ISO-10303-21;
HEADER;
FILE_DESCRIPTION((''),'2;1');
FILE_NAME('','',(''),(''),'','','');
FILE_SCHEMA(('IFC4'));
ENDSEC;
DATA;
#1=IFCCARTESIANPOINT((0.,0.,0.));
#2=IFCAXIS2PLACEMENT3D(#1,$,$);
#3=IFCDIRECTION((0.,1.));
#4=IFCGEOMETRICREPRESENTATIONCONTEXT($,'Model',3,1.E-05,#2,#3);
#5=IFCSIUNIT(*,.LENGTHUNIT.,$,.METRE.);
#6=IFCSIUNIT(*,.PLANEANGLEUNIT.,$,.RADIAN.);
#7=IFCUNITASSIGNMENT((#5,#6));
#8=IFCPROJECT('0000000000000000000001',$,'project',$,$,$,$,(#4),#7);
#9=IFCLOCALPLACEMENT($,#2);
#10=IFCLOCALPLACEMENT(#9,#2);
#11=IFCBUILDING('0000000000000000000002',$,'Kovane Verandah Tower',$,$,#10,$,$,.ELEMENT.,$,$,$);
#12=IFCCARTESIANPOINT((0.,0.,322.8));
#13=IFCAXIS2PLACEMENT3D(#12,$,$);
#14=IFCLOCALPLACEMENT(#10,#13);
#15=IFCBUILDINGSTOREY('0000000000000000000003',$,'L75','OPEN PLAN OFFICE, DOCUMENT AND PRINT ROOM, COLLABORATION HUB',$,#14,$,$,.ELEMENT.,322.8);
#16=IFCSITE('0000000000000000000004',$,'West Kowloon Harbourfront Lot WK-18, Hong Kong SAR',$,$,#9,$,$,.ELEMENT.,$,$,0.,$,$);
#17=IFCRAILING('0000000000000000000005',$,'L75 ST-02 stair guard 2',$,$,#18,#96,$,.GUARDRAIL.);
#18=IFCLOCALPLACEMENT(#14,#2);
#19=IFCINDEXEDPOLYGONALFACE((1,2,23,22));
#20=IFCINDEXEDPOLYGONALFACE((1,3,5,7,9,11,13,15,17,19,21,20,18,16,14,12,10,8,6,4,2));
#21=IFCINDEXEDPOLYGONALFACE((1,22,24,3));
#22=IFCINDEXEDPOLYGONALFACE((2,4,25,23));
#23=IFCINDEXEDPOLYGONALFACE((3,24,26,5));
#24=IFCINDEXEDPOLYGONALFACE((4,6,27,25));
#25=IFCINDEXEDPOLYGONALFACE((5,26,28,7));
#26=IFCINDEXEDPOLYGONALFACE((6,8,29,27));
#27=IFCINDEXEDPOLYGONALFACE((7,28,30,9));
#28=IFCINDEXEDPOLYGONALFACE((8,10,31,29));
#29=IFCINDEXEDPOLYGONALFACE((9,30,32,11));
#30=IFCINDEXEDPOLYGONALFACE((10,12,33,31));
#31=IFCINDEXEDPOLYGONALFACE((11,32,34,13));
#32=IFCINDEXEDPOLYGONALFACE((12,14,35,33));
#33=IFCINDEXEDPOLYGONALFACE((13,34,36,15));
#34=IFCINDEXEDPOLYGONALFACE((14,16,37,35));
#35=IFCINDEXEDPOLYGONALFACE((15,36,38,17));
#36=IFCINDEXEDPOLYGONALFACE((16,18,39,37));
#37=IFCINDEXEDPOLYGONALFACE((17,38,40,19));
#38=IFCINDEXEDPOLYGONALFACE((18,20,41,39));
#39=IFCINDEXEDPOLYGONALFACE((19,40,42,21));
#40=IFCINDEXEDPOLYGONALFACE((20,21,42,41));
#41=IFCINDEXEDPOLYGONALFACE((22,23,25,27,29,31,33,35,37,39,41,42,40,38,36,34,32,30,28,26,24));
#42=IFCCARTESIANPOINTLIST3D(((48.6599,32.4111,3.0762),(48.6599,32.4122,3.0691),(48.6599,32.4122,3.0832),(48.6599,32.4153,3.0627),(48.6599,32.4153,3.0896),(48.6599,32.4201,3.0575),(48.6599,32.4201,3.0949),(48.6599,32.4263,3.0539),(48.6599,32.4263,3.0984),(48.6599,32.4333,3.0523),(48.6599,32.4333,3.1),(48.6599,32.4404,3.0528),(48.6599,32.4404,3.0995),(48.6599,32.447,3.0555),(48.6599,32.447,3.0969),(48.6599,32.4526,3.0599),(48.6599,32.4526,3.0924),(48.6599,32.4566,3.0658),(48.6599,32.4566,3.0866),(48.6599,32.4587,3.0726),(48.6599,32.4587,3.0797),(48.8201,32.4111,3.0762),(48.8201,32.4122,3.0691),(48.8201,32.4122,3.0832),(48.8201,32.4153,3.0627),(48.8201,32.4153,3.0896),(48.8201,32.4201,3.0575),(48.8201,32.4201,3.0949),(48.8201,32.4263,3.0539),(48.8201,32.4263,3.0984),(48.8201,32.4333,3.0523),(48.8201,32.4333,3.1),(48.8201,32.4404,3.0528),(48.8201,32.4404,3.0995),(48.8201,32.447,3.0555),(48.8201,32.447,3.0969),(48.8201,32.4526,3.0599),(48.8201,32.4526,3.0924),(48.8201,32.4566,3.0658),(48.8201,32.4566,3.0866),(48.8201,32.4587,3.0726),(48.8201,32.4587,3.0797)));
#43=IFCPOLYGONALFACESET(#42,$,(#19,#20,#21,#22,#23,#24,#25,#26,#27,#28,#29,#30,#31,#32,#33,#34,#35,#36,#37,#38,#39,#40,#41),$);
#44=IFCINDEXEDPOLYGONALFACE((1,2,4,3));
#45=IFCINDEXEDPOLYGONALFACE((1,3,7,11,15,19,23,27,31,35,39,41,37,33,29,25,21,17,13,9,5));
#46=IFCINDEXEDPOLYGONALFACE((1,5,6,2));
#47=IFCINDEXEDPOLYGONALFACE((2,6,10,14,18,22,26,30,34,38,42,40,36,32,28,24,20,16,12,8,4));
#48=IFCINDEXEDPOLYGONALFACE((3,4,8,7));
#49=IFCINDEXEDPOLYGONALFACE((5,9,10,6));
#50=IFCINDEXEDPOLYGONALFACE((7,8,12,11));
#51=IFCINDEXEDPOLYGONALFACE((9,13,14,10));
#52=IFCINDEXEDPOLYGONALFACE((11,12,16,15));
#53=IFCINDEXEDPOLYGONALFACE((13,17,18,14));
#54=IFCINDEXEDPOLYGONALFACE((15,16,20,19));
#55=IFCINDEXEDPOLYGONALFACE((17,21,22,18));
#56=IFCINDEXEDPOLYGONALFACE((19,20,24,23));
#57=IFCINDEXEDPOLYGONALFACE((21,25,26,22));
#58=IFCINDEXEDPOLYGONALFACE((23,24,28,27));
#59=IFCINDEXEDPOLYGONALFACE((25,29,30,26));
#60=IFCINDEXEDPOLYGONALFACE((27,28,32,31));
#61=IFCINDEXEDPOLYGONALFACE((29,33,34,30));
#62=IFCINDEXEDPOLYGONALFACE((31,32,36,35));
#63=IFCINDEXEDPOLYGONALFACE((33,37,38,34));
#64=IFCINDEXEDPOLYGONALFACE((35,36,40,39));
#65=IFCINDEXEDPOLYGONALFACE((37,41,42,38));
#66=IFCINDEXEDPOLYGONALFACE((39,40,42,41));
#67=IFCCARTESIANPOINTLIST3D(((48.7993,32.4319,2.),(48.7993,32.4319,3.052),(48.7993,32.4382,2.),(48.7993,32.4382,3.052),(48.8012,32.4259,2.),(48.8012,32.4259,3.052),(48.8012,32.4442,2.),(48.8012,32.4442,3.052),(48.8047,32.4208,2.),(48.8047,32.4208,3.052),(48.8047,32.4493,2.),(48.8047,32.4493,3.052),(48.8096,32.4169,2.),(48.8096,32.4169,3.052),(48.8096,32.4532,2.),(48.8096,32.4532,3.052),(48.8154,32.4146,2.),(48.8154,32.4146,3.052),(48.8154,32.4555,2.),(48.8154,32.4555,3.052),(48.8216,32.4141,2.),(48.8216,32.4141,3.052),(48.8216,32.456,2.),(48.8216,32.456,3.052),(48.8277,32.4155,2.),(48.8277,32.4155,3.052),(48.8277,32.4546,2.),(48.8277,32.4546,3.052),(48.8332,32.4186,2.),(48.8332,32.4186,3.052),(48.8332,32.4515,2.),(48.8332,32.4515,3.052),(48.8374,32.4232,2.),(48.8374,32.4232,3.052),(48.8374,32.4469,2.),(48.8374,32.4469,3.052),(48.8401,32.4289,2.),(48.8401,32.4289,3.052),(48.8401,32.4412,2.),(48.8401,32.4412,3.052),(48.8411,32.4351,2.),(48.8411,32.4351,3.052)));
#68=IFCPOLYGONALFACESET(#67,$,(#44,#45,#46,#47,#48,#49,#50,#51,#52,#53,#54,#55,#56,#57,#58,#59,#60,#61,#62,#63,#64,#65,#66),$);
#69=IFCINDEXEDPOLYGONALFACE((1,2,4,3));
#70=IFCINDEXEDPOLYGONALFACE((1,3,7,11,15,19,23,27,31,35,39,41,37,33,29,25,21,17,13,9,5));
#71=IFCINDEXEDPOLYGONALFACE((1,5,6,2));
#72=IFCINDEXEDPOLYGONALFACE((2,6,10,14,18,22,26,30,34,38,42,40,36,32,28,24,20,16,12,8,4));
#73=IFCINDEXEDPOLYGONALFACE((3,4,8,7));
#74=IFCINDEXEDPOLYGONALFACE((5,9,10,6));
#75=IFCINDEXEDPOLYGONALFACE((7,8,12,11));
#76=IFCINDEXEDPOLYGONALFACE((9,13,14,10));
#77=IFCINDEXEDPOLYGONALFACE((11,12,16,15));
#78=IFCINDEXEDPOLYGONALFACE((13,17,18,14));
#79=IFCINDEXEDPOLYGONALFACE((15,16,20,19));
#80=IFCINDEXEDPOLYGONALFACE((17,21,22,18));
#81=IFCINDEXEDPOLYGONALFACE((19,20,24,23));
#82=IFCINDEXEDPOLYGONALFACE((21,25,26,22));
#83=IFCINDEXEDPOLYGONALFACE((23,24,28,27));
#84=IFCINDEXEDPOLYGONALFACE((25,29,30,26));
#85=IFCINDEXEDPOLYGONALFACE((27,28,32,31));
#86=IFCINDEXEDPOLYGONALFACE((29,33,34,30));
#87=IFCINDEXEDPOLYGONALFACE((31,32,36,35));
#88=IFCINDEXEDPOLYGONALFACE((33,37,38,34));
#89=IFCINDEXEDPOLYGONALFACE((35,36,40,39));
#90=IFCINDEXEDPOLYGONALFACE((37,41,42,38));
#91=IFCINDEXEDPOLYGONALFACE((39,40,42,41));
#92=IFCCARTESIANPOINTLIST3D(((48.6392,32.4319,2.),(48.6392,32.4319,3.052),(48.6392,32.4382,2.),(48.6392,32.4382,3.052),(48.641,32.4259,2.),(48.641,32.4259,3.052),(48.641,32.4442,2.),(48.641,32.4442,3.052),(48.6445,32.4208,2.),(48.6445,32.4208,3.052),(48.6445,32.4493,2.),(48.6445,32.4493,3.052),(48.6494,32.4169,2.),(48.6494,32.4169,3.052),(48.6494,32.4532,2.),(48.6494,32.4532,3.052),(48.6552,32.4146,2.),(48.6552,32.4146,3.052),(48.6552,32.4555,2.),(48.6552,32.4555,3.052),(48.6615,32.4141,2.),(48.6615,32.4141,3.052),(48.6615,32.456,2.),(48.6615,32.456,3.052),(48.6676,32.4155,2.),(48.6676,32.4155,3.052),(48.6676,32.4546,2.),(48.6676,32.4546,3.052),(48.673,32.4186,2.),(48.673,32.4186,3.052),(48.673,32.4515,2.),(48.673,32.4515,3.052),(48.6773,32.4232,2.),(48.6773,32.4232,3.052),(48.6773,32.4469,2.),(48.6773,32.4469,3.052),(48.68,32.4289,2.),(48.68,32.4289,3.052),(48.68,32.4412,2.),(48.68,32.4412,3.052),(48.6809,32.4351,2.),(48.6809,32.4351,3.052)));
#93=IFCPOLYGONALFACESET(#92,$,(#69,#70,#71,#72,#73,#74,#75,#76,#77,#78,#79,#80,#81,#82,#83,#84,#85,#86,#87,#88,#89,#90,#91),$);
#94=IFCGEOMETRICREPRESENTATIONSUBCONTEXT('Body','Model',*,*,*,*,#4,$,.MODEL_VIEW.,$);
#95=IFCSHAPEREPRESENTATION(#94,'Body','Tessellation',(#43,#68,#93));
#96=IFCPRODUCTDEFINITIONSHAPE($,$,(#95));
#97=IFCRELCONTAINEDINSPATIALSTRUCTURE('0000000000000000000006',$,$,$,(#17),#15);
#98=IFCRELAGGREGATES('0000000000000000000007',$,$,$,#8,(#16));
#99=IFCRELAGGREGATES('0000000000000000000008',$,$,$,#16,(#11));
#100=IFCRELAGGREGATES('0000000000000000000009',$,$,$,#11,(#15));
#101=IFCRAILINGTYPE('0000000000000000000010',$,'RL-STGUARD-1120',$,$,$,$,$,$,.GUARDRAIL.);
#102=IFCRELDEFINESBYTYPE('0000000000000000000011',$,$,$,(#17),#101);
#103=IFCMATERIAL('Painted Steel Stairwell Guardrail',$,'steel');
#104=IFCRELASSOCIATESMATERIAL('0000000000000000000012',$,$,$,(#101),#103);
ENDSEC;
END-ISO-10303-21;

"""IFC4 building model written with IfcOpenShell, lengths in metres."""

from ifc_helpers import new_model, si_unit, direction, frame, origin, origin_2d, place, context, subcontext, project, spatial, circle, extrude, material, type_object, element, save


model = new_model("IFC4")

# Units and contexts
model_context = context("Model", 3, precision=1e-05, world=origin(), true_north=direction((0.0, 1.0)))
body_context = subcontext(model_context, "Body", "Model", "MODEL_VIEW")
ifc_project = project(units=[si_unit("LENGTHUNIT", "METRE"), si_unit("PLANEANGLEUNIT", "RADIAN")], contexts=[model_context])

# Site, building, storey
site_placement = place(None, origin())
site = spatial("IfcSite", under=ifc_project, at=site_placement, Name="West Kowloon Harbourfront Lot WK-18, Hong Kong SAR", CompositionType="ELEMENT", RefElevation=0.0)
building_placement = place(site_placement, origin())
building = spatial("IfcBuilding", under=site, at=building_placement, Name="Kovane Verandah Tower", CompositionType="ELEMENT")
storey_placement = place(building_placement, frame((0.0, 0.0, 322.8)))
storey = spatial("IfcBuildingStorey", under=building, at=storey_placement, Name="L75", Description="OPEN PLAN OFFICE, DOCUMENT AND PRINT ROOM, COLLABORATION HUB", CompositionType="ELEMENT", Elevation=322.8)

# Railing
ifc_material_1 = material(Name="Painted Steel Stairwell Guardrail", Category="steel")
railing_type_1 = type_object("IfcRailingType", Name="RL-STGUARD-1120", PredefinedType="GUARDRAIL", material=ifc_material_1)
railing_1_placement = place(storey_placement, frame((48.8201, 32.4351, 2.0)))
element("IfcRailing", 1, at=railing_1_placement, inside=storey, type_object=railing_type_1, Name="L75 ST-02 stair guard 2", PredefinedType="GUARDRAIL", context=body_context, shape_type="SweptSolid", body=[
    extrude(circle(Radius=0.0239, at=origin_2d()), frame((0.0, 0.0, 1.0762), z_axis=(-1.0, 0.0, 0.0), x_axis=(0.0, -1.0, 0.0)), (0.0, 0.0, 1.0), 0.1602),
    extrude(circle(Radius=0.021, at=origin_2d()), origin(), (0.0, 0.0, 1.0), 1.052),
    extrude(circle(Radius=0.021, at=origin_2d()), frame((-0.1602, 0.0, 0.0)), (0.0, 0.0, 1.0), 1.052),
])

save(model, "model.ifc")
